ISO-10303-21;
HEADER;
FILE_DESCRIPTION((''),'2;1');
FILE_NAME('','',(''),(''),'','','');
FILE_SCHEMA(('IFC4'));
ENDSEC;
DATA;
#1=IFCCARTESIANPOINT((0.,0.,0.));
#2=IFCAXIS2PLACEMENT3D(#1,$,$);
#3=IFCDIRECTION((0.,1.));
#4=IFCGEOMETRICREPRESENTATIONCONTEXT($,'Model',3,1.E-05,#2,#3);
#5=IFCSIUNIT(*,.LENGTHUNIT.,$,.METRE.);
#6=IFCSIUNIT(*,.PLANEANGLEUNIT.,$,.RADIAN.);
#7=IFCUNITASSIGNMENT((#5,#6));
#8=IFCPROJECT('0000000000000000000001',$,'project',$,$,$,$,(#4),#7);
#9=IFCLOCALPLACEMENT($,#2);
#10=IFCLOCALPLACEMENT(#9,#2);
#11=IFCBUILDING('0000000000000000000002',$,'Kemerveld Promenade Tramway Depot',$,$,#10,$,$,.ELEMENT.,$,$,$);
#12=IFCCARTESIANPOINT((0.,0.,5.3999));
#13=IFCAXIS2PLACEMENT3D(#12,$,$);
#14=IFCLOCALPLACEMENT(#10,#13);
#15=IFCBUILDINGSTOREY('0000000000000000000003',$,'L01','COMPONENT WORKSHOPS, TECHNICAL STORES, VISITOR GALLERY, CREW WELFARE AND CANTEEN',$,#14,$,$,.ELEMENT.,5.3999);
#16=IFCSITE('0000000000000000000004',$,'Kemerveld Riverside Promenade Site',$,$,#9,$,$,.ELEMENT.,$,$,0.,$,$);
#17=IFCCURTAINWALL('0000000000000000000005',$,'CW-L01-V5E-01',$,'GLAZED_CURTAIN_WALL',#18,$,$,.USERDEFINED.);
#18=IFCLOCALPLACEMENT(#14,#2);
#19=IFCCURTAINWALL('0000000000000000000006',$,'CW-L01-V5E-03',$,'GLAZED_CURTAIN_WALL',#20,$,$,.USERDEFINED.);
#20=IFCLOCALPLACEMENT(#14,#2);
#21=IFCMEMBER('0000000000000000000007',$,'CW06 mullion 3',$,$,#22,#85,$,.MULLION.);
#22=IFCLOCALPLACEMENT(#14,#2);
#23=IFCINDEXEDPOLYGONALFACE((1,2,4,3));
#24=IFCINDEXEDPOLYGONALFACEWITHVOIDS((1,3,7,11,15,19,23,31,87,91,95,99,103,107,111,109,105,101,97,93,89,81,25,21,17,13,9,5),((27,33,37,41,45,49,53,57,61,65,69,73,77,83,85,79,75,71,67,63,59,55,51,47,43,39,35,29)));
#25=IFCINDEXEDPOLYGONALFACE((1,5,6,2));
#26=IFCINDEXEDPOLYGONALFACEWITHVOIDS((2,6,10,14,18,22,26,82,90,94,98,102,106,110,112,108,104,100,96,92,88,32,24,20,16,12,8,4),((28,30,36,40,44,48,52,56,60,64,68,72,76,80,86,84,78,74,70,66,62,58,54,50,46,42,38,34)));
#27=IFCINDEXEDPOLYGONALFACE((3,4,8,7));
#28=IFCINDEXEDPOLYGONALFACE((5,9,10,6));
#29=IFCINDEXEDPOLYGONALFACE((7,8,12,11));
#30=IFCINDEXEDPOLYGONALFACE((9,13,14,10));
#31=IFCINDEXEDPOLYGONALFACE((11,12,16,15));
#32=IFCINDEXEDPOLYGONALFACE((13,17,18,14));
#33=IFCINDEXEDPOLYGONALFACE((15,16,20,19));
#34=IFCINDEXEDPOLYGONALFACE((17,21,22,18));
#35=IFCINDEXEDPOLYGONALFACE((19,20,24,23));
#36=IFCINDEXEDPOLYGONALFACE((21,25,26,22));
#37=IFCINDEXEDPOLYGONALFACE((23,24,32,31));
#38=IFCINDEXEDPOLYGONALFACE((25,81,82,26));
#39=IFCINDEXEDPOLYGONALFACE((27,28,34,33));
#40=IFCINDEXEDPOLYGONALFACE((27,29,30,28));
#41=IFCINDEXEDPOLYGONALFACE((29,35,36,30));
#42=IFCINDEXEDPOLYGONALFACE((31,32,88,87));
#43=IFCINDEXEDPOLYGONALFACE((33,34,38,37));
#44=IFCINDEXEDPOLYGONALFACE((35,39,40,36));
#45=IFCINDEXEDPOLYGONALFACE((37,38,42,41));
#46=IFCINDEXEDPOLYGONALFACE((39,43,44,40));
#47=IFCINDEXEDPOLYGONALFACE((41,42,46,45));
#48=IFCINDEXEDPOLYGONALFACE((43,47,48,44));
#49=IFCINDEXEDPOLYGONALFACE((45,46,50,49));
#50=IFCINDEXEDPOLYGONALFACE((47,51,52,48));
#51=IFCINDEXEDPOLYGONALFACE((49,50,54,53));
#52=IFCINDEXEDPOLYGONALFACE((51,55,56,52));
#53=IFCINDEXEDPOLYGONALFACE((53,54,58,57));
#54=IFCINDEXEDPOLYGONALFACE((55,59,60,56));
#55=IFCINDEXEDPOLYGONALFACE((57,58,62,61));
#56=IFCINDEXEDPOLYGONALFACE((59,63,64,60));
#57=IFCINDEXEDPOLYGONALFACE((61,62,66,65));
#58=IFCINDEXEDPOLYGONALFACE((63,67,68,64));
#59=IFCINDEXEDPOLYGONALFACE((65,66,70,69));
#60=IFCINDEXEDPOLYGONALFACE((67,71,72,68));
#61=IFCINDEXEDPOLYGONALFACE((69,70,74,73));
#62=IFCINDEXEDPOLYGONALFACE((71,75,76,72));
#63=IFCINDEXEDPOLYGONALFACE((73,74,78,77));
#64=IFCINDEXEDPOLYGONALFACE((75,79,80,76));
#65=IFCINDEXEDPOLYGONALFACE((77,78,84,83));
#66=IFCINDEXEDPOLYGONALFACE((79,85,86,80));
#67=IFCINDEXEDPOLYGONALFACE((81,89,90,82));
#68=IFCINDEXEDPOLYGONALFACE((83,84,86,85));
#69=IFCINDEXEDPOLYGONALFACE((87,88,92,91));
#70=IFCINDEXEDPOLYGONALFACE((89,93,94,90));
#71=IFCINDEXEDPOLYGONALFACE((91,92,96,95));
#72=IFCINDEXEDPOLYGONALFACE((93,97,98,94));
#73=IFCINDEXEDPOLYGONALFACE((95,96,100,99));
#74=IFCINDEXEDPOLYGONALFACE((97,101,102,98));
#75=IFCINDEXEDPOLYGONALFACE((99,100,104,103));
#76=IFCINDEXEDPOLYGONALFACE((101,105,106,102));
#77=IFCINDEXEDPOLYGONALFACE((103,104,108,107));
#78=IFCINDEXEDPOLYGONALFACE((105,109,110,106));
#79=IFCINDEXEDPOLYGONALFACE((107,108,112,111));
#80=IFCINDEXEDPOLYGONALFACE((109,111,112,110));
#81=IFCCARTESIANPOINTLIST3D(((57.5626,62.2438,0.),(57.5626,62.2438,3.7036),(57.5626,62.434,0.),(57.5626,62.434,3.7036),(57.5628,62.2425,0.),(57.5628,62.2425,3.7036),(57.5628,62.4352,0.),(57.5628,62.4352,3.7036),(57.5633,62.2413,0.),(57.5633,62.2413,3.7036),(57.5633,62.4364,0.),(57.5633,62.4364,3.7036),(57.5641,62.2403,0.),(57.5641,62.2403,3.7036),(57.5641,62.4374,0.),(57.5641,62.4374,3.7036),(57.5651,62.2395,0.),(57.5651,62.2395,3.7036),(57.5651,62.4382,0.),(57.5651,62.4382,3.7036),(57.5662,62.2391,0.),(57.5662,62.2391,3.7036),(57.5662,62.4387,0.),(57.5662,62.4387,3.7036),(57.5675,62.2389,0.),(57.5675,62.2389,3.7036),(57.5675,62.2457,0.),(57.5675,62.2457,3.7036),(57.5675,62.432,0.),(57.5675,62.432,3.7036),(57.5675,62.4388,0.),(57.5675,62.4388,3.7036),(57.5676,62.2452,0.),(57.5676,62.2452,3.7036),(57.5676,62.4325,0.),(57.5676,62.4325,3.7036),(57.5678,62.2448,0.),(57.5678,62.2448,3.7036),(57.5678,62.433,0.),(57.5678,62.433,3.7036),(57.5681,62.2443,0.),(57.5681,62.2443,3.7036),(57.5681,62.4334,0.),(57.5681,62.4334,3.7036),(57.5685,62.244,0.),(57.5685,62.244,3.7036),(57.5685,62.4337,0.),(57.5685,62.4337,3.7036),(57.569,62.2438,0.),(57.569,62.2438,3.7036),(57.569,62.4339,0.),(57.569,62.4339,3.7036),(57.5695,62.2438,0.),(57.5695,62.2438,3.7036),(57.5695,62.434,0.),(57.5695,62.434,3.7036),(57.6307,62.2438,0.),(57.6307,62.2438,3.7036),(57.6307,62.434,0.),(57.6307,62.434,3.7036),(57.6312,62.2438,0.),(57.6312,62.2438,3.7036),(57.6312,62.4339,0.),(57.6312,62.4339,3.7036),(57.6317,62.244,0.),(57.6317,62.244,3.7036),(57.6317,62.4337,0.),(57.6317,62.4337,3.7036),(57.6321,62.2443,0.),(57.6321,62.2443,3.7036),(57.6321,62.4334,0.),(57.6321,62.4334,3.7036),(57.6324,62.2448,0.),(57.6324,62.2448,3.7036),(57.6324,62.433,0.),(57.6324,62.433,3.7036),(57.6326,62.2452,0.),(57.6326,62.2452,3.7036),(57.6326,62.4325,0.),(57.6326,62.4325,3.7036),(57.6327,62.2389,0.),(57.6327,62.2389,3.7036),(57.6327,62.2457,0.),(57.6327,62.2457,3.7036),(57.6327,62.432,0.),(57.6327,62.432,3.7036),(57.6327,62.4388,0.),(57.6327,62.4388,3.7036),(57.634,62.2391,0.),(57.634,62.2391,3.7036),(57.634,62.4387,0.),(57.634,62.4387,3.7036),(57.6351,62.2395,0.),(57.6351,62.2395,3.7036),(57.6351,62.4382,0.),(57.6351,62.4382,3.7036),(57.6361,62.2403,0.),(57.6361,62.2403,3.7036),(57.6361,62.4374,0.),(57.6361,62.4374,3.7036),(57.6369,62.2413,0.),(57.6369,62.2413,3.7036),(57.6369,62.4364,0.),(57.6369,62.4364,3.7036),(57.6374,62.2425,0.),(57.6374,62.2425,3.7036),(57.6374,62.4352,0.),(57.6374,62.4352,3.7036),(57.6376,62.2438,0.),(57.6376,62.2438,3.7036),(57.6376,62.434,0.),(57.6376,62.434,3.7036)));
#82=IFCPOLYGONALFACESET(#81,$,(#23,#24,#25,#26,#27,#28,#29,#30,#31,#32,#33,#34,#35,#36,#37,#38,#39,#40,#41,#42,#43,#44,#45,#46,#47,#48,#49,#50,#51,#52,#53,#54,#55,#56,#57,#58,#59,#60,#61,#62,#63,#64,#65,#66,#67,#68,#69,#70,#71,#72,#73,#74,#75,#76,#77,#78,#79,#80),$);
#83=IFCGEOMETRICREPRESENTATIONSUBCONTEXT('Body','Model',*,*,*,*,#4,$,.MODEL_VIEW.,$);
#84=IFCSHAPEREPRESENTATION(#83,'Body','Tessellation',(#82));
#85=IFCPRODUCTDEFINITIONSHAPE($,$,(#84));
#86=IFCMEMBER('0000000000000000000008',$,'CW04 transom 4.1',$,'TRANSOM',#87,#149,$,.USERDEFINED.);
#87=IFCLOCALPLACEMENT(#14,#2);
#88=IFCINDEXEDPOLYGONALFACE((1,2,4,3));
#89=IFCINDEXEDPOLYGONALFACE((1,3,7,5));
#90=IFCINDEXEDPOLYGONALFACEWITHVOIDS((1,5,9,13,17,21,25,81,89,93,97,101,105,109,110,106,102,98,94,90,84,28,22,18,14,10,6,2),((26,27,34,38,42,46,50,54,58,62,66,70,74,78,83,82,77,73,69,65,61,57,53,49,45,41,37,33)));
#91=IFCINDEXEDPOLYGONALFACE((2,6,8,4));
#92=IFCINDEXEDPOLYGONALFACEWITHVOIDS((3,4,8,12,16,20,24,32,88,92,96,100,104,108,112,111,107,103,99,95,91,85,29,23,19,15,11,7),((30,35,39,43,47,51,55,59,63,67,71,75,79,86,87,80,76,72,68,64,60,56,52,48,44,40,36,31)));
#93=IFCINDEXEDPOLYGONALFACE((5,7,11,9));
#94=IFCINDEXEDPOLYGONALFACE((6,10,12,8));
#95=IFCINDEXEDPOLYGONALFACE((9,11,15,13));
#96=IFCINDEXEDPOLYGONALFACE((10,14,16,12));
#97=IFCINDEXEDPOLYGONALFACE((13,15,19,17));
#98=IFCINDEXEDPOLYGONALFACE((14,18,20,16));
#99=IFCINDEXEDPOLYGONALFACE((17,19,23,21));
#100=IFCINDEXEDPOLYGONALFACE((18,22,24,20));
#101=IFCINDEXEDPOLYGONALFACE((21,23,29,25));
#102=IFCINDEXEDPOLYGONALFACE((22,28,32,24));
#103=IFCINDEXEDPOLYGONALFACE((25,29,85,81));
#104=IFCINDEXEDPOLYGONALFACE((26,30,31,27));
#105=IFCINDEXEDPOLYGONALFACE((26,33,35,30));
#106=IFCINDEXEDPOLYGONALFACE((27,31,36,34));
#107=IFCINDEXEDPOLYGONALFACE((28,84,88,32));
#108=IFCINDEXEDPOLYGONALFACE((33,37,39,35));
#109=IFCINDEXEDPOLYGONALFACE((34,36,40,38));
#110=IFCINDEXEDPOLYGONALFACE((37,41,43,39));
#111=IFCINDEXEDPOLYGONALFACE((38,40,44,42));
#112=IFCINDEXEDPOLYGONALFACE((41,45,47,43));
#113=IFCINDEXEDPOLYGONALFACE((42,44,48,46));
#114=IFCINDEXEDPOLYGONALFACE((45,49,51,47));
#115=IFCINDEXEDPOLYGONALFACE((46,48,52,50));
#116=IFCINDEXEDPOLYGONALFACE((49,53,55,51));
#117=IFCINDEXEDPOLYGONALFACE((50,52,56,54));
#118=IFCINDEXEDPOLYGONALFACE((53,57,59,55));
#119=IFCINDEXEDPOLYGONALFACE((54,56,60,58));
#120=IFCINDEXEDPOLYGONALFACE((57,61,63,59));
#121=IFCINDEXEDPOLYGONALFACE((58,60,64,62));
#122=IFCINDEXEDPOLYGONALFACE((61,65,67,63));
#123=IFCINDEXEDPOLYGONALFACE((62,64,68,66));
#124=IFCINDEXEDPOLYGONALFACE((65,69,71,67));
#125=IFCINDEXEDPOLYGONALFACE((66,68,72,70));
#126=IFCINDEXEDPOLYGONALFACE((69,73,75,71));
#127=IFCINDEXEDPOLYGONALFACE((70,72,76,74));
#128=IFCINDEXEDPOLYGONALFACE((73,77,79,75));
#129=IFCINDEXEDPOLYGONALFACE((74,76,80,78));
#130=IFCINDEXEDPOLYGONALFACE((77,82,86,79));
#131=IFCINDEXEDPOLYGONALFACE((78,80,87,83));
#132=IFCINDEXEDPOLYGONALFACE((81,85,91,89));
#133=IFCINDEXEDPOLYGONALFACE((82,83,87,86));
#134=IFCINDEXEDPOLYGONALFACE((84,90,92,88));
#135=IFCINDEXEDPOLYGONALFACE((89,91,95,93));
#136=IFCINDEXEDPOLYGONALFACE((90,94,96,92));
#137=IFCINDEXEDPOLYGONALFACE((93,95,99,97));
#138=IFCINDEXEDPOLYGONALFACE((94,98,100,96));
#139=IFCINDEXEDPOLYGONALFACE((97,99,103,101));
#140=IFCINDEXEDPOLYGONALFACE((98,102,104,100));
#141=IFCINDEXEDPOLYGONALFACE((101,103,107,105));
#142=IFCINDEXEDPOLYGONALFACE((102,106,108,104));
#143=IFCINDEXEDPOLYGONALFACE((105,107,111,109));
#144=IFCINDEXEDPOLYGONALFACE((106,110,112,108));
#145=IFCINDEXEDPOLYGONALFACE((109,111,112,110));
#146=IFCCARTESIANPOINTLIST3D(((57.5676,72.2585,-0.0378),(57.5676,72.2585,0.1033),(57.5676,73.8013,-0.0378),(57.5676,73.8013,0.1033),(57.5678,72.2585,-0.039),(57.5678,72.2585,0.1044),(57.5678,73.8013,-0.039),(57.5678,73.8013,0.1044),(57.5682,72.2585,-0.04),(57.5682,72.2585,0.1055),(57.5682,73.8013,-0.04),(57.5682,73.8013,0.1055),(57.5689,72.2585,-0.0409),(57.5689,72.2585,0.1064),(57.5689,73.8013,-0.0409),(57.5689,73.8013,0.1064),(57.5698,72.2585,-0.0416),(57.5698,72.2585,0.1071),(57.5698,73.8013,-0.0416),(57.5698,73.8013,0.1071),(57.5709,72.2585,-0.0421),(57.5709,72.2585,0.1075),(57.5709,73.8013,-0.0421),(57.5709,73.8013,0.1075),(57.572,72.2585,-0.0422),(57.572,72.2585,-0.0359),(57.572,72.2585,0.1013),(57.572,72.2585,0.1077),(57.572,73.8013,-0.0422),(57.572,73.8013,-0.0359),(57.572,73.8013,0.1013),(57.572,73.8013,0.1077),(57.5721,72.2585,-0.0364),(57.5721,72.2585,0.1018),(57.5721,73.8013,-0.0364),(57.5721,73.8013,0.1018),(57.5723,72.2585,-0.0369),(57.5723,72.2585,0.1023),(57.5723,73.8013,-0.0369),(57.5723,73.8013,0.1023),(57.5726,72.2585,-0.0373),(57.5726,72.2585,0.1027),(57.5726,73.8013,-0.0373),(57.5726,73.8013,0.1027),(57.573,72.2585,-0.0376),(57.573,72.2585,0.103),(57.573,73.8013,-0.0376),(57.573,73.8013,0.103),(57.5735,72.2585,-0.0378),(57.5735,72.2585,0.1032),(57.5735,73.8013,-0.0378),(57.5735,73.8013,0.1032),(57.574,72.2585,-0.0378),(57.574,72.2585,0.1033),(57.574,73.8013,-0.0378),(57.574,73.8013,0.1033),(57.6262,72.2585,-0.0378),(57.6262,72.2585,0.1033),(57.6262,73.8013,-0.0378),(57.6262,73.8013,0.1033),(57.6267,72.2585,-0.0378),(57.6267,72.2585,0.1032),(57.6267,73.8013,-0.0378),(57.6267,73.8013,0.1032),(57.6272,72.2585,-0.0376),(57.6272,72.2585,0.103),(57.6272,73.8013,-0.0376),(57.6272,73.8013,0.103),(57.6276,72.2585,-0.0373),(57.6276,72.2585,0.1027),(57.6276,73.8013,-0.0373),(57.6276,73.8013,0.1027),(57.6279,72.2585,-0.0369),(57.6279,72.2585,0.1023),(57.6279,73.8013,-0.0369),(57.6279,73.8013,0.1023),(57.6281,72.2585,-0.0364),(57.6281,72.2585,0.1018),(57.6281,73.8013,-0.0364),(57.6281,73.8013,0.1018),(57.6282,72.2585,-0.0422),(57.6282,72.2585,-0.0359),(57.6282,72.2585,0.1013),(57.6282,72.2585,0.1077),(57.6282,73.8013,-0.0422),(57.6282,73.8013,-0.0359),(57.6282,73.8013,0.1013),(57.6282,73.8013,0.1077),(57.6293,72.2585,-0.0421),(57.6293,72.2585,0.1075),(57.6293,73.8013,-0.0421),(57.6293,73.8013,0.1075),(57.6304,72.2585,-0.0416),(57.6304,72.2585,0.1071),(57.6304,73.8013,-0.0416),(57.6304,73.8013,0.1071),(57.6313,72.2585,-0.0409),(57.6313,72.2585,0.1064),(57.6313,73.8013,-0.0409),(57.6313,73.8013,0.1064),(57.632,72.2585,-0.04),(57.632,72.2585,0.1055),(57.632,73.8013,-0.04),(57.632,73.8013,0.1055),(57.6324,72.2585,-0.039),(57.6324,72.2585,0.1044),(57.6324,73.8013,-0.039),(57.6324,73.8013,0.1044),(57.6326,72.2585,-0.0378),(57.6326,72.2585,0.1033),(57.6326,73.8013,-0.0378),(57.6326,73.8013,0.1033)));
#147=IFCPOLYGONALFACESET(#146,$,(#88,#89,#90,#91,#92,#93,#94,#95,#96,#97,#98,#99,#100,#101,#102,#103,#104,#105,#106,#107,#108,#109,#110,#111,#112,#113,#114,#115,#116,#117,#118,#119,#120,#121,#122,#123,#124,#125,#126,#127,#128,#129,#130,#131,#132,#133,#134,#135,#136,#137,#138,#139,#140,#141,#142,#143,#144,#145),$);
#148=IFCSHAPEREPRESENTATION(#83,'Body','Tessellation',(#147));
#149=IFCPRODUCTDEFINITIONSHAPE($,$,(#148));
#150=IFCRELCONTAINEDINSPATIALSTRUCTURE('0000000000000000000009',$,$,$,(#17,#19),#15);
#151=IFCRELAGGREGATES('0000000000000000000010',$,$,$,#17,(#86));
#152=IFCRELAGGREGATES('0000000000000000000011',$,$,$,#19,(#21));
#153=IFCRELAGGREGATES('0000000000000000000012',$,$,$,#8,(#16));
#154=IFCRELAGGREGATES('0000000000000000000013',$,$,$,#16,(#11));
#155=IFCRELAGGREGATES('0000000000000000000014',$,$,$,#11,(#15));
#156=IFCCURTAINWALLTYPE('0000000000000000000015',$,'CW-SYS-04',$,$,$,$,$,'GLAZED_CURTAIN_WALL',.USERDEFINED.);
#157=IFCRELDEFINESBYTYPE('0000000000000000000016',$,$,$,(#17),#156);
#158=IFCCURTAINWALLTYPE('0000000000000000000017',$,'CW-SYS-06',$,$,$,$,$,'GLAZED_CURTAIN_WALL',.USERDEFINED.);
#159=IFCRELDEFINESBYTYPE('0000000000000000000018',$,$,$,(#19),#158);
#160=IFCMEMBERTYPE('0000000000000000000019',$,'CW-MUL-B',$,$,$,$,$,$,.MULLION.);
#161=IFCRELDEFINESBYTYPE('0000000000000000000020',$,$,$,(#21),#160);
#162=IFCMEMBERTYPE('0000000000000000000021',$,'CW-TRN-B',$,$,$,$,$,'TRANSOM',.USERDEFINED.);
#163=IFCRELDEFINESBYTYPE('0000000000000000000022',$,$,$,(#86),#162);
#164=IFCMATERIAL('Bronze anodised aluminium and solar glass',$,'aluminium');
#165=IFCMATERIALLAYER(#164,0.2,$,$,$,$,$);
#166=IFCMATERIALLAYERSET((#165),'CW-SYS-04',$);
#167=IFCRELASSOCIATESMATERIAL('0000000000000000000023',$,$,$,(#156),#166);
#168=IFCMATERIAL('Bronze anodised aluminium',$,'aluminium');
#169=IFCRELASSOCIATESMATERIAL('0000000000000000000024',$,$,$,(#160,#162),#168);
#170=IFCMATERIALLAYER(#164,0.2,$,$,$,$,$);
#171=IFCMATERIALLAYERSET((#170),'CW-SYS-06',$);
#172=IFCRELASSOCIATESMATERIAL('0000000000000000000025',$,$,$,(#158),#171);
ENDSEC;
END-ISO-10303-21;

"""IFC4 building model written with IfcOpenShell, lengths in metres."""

from ifc_helpers import new_model, si_unit, direction, frame, origin, origin_2d, place, context, subcontext, project, spatial, hollow_rectangle, extrude, material, layer, layer_set, material_profile, profile_set, type_object, element, aggregate, save


model = new_model("IFC4")

# Units and contexts
model_context = context("Model", 3, precision=1e-05, world=origin(), true_north=direction((0.0, 1.0)))
body_context = subcontext(model_context, "Body", "Model", "MODEL_VIEW")
ifc_project = project(units=[si_unit("LENGTHUNIT", "METRE"), si_unit("PLANEANGLEUNIT", "RADIAN")], contexts=[model_context])

# Site, building, storey
site_placement = place(None, origin())
site = spatial("IfcSite", under=ifc_project, at=site_placement, Name="Kemerveld Riverside Promenade Site", CompositionType="ELEMENT", RefElevation=0.0)
building_placement = place(site_placement, origin())
building = spatial("IfcBuilding", under=site, at=building_placement, Name="Kemerveld Promenade Tramway Depot", CompositionType="ELEMENT")
storey_placement = place(building_placement, frame((0.0, 0.0, 5.3999)))
storey = spatial("IfcBuildingStorey", under=building, at=storey_placement, Name="L01", Description="COMPONENT WORKSHOPS, TECHNICAL STORES, VISITOR GALLERY, CREW WELFARE AND CANTEEN", CompositionType="ELEMENT", Elevation=5.3999)

# Curtain wall
ifc_material_1 = material(Name="Bronze anodised aluminium and solar glass", Category="aluminium")
ifc_layer_1 = layer(ifc_material_1, 0.2)
ifc_layer_set_1 = layer_set([ifc_layer_1], Name="CW-SYS-04")
curtain_wall_type_1 = type_object("IfcCurtainWallType", Name="CW-SYS-04", ElementType="GLAZED_CURTAIN_WALL", PredefinedType="USERDEFINED", material=ifc_layer_set_1)
curtain_wall_1_placement = place(storey_placement, origin())
curtain_wall_1 = element("IfcCurtainWall", 1, at=curtain_wall_1_placement, inside=storey, type_object=curtain_wall_type_1, Name="CW-L01-V5E-01", ObjectType="GLAZED_CURTAIN_WALL", PredefinedType="USERDEFINED")
ifc_material_2 = material(Name="Bronze anodised aluminium", Category="aluminium")
ifc_material_profile_1 = material_profile(ifc_material_2, hollow_rectangle(XDim=0.075, YDim=0.2, WallThickness=0.0049, InnerFilletRadius=0.002, OuterFilletRadius=0.0049, at=origin_2d()), Name="CW-MUL-200x75")
ifc_profile_set_1 = profile_set([ifc_material_profile_1], Name="Bronze anodised aluminium")
member_type_1 = type_object("IfcMemberType", Name="CW-MUL-B", PredefinedType="MULLION", material=ifc_profile_set_1)

# Curtain wall, member
ifc_layer_2 = layer(ifc_material_1, 0.2)
ifc_layer_set_2 = layer_set([ifc_layer_2], Name="CW-SYS-06")
curtain_wall_type_2 = type_object("IfcCurtainWallType", Name="CW-SYS-06", ElementType="GLAZED_CURTAIN_WALL", PredefinedType="USERDEFINED", material=ifc_layer_set_2)
curtain_wall_2_placement = place(storey_placement, origin())
curtain_wall_2 = element("IfcCurtainWall", 2, at=curtain_wall_2_placement, inside=storey, type_object=curtain_wall_type_2, Name="CW-L01-V5E-03", ObjectType="GLAZED_CURTAIN_WALL", PredefinedType="USERDEFINED")
member_1_placement = place(storey_placement, frame((57.6001, 62.3389, 0.0), z_axis=(0.0, 0.0, 1.0), x_axis=(1.0, 0.0, 0.0)))
member_1 = element("IfcMember", 3, at=member_1_placement, type_object=member_type_1, Name="CW06 mullion 3", PredefinedType="MULLION", context=body_context, shape_type="SweptSolid", body=[
    extrude(hollow_rectangle(XDim=0.075, YDim=0.2, WallThickness=0.0049, InnerFilletRadius=0.002, OuterFilletRadius=0.0049, at=origin_2d()), origin(), (0.0, 0.0, 1.0), 3.7036),
])

# Member
ifc_material_profile_2 = material_profile(ifc_material_2, hollow_rectangle(XDim=0.0649, YDim=0.1499, WallThickness=0.0044, InnerFilletRadius=0.002, OuterFilletRadius=0.0044, at=origin_2d()), Name="CW-TRN-150x65")
ifc_profile_set_2 = profile_set([ifc_material_profile_2], Name="Bronze anodised aluminium")
member_type_2 = type_object("IfcMemberType", Name="CW-TRN-B", ElementType="TRANSOM", PredefinedType="USERDEFINED", material=ifc_profile_set_2)
member_2_placement = place(storey_placement, frame((57.6001, 73.8013, 0.0327), z_axis=(0.0, -1.0, 0.0), x_axis=(1.0, 0.0, 0.0)))
member_2 = element("IfcMember", 4, at=member_2_placement, type_object=member_type_2, Name="CW04 transom 4.1", ObjectType="TRANSOM", PredefinedType="USERDEFINED", context=body_context, shape_type="SweptSolid", body=[
    extrude(hollow_rectangle(XDim=0.0649, YDim=0.1499, WallThickness=0.0044, InnerFilletRadius=0.002, OuterFilletRadius=0.0044, at=origin_2d()), origin(), (0.0, 0.0, 1.0), 1.5427),
])

aggregate(curtain_wall_1, [member_2])
aggregate(curtain_wall_2, [member_1])

save(model, "model.ifc")
